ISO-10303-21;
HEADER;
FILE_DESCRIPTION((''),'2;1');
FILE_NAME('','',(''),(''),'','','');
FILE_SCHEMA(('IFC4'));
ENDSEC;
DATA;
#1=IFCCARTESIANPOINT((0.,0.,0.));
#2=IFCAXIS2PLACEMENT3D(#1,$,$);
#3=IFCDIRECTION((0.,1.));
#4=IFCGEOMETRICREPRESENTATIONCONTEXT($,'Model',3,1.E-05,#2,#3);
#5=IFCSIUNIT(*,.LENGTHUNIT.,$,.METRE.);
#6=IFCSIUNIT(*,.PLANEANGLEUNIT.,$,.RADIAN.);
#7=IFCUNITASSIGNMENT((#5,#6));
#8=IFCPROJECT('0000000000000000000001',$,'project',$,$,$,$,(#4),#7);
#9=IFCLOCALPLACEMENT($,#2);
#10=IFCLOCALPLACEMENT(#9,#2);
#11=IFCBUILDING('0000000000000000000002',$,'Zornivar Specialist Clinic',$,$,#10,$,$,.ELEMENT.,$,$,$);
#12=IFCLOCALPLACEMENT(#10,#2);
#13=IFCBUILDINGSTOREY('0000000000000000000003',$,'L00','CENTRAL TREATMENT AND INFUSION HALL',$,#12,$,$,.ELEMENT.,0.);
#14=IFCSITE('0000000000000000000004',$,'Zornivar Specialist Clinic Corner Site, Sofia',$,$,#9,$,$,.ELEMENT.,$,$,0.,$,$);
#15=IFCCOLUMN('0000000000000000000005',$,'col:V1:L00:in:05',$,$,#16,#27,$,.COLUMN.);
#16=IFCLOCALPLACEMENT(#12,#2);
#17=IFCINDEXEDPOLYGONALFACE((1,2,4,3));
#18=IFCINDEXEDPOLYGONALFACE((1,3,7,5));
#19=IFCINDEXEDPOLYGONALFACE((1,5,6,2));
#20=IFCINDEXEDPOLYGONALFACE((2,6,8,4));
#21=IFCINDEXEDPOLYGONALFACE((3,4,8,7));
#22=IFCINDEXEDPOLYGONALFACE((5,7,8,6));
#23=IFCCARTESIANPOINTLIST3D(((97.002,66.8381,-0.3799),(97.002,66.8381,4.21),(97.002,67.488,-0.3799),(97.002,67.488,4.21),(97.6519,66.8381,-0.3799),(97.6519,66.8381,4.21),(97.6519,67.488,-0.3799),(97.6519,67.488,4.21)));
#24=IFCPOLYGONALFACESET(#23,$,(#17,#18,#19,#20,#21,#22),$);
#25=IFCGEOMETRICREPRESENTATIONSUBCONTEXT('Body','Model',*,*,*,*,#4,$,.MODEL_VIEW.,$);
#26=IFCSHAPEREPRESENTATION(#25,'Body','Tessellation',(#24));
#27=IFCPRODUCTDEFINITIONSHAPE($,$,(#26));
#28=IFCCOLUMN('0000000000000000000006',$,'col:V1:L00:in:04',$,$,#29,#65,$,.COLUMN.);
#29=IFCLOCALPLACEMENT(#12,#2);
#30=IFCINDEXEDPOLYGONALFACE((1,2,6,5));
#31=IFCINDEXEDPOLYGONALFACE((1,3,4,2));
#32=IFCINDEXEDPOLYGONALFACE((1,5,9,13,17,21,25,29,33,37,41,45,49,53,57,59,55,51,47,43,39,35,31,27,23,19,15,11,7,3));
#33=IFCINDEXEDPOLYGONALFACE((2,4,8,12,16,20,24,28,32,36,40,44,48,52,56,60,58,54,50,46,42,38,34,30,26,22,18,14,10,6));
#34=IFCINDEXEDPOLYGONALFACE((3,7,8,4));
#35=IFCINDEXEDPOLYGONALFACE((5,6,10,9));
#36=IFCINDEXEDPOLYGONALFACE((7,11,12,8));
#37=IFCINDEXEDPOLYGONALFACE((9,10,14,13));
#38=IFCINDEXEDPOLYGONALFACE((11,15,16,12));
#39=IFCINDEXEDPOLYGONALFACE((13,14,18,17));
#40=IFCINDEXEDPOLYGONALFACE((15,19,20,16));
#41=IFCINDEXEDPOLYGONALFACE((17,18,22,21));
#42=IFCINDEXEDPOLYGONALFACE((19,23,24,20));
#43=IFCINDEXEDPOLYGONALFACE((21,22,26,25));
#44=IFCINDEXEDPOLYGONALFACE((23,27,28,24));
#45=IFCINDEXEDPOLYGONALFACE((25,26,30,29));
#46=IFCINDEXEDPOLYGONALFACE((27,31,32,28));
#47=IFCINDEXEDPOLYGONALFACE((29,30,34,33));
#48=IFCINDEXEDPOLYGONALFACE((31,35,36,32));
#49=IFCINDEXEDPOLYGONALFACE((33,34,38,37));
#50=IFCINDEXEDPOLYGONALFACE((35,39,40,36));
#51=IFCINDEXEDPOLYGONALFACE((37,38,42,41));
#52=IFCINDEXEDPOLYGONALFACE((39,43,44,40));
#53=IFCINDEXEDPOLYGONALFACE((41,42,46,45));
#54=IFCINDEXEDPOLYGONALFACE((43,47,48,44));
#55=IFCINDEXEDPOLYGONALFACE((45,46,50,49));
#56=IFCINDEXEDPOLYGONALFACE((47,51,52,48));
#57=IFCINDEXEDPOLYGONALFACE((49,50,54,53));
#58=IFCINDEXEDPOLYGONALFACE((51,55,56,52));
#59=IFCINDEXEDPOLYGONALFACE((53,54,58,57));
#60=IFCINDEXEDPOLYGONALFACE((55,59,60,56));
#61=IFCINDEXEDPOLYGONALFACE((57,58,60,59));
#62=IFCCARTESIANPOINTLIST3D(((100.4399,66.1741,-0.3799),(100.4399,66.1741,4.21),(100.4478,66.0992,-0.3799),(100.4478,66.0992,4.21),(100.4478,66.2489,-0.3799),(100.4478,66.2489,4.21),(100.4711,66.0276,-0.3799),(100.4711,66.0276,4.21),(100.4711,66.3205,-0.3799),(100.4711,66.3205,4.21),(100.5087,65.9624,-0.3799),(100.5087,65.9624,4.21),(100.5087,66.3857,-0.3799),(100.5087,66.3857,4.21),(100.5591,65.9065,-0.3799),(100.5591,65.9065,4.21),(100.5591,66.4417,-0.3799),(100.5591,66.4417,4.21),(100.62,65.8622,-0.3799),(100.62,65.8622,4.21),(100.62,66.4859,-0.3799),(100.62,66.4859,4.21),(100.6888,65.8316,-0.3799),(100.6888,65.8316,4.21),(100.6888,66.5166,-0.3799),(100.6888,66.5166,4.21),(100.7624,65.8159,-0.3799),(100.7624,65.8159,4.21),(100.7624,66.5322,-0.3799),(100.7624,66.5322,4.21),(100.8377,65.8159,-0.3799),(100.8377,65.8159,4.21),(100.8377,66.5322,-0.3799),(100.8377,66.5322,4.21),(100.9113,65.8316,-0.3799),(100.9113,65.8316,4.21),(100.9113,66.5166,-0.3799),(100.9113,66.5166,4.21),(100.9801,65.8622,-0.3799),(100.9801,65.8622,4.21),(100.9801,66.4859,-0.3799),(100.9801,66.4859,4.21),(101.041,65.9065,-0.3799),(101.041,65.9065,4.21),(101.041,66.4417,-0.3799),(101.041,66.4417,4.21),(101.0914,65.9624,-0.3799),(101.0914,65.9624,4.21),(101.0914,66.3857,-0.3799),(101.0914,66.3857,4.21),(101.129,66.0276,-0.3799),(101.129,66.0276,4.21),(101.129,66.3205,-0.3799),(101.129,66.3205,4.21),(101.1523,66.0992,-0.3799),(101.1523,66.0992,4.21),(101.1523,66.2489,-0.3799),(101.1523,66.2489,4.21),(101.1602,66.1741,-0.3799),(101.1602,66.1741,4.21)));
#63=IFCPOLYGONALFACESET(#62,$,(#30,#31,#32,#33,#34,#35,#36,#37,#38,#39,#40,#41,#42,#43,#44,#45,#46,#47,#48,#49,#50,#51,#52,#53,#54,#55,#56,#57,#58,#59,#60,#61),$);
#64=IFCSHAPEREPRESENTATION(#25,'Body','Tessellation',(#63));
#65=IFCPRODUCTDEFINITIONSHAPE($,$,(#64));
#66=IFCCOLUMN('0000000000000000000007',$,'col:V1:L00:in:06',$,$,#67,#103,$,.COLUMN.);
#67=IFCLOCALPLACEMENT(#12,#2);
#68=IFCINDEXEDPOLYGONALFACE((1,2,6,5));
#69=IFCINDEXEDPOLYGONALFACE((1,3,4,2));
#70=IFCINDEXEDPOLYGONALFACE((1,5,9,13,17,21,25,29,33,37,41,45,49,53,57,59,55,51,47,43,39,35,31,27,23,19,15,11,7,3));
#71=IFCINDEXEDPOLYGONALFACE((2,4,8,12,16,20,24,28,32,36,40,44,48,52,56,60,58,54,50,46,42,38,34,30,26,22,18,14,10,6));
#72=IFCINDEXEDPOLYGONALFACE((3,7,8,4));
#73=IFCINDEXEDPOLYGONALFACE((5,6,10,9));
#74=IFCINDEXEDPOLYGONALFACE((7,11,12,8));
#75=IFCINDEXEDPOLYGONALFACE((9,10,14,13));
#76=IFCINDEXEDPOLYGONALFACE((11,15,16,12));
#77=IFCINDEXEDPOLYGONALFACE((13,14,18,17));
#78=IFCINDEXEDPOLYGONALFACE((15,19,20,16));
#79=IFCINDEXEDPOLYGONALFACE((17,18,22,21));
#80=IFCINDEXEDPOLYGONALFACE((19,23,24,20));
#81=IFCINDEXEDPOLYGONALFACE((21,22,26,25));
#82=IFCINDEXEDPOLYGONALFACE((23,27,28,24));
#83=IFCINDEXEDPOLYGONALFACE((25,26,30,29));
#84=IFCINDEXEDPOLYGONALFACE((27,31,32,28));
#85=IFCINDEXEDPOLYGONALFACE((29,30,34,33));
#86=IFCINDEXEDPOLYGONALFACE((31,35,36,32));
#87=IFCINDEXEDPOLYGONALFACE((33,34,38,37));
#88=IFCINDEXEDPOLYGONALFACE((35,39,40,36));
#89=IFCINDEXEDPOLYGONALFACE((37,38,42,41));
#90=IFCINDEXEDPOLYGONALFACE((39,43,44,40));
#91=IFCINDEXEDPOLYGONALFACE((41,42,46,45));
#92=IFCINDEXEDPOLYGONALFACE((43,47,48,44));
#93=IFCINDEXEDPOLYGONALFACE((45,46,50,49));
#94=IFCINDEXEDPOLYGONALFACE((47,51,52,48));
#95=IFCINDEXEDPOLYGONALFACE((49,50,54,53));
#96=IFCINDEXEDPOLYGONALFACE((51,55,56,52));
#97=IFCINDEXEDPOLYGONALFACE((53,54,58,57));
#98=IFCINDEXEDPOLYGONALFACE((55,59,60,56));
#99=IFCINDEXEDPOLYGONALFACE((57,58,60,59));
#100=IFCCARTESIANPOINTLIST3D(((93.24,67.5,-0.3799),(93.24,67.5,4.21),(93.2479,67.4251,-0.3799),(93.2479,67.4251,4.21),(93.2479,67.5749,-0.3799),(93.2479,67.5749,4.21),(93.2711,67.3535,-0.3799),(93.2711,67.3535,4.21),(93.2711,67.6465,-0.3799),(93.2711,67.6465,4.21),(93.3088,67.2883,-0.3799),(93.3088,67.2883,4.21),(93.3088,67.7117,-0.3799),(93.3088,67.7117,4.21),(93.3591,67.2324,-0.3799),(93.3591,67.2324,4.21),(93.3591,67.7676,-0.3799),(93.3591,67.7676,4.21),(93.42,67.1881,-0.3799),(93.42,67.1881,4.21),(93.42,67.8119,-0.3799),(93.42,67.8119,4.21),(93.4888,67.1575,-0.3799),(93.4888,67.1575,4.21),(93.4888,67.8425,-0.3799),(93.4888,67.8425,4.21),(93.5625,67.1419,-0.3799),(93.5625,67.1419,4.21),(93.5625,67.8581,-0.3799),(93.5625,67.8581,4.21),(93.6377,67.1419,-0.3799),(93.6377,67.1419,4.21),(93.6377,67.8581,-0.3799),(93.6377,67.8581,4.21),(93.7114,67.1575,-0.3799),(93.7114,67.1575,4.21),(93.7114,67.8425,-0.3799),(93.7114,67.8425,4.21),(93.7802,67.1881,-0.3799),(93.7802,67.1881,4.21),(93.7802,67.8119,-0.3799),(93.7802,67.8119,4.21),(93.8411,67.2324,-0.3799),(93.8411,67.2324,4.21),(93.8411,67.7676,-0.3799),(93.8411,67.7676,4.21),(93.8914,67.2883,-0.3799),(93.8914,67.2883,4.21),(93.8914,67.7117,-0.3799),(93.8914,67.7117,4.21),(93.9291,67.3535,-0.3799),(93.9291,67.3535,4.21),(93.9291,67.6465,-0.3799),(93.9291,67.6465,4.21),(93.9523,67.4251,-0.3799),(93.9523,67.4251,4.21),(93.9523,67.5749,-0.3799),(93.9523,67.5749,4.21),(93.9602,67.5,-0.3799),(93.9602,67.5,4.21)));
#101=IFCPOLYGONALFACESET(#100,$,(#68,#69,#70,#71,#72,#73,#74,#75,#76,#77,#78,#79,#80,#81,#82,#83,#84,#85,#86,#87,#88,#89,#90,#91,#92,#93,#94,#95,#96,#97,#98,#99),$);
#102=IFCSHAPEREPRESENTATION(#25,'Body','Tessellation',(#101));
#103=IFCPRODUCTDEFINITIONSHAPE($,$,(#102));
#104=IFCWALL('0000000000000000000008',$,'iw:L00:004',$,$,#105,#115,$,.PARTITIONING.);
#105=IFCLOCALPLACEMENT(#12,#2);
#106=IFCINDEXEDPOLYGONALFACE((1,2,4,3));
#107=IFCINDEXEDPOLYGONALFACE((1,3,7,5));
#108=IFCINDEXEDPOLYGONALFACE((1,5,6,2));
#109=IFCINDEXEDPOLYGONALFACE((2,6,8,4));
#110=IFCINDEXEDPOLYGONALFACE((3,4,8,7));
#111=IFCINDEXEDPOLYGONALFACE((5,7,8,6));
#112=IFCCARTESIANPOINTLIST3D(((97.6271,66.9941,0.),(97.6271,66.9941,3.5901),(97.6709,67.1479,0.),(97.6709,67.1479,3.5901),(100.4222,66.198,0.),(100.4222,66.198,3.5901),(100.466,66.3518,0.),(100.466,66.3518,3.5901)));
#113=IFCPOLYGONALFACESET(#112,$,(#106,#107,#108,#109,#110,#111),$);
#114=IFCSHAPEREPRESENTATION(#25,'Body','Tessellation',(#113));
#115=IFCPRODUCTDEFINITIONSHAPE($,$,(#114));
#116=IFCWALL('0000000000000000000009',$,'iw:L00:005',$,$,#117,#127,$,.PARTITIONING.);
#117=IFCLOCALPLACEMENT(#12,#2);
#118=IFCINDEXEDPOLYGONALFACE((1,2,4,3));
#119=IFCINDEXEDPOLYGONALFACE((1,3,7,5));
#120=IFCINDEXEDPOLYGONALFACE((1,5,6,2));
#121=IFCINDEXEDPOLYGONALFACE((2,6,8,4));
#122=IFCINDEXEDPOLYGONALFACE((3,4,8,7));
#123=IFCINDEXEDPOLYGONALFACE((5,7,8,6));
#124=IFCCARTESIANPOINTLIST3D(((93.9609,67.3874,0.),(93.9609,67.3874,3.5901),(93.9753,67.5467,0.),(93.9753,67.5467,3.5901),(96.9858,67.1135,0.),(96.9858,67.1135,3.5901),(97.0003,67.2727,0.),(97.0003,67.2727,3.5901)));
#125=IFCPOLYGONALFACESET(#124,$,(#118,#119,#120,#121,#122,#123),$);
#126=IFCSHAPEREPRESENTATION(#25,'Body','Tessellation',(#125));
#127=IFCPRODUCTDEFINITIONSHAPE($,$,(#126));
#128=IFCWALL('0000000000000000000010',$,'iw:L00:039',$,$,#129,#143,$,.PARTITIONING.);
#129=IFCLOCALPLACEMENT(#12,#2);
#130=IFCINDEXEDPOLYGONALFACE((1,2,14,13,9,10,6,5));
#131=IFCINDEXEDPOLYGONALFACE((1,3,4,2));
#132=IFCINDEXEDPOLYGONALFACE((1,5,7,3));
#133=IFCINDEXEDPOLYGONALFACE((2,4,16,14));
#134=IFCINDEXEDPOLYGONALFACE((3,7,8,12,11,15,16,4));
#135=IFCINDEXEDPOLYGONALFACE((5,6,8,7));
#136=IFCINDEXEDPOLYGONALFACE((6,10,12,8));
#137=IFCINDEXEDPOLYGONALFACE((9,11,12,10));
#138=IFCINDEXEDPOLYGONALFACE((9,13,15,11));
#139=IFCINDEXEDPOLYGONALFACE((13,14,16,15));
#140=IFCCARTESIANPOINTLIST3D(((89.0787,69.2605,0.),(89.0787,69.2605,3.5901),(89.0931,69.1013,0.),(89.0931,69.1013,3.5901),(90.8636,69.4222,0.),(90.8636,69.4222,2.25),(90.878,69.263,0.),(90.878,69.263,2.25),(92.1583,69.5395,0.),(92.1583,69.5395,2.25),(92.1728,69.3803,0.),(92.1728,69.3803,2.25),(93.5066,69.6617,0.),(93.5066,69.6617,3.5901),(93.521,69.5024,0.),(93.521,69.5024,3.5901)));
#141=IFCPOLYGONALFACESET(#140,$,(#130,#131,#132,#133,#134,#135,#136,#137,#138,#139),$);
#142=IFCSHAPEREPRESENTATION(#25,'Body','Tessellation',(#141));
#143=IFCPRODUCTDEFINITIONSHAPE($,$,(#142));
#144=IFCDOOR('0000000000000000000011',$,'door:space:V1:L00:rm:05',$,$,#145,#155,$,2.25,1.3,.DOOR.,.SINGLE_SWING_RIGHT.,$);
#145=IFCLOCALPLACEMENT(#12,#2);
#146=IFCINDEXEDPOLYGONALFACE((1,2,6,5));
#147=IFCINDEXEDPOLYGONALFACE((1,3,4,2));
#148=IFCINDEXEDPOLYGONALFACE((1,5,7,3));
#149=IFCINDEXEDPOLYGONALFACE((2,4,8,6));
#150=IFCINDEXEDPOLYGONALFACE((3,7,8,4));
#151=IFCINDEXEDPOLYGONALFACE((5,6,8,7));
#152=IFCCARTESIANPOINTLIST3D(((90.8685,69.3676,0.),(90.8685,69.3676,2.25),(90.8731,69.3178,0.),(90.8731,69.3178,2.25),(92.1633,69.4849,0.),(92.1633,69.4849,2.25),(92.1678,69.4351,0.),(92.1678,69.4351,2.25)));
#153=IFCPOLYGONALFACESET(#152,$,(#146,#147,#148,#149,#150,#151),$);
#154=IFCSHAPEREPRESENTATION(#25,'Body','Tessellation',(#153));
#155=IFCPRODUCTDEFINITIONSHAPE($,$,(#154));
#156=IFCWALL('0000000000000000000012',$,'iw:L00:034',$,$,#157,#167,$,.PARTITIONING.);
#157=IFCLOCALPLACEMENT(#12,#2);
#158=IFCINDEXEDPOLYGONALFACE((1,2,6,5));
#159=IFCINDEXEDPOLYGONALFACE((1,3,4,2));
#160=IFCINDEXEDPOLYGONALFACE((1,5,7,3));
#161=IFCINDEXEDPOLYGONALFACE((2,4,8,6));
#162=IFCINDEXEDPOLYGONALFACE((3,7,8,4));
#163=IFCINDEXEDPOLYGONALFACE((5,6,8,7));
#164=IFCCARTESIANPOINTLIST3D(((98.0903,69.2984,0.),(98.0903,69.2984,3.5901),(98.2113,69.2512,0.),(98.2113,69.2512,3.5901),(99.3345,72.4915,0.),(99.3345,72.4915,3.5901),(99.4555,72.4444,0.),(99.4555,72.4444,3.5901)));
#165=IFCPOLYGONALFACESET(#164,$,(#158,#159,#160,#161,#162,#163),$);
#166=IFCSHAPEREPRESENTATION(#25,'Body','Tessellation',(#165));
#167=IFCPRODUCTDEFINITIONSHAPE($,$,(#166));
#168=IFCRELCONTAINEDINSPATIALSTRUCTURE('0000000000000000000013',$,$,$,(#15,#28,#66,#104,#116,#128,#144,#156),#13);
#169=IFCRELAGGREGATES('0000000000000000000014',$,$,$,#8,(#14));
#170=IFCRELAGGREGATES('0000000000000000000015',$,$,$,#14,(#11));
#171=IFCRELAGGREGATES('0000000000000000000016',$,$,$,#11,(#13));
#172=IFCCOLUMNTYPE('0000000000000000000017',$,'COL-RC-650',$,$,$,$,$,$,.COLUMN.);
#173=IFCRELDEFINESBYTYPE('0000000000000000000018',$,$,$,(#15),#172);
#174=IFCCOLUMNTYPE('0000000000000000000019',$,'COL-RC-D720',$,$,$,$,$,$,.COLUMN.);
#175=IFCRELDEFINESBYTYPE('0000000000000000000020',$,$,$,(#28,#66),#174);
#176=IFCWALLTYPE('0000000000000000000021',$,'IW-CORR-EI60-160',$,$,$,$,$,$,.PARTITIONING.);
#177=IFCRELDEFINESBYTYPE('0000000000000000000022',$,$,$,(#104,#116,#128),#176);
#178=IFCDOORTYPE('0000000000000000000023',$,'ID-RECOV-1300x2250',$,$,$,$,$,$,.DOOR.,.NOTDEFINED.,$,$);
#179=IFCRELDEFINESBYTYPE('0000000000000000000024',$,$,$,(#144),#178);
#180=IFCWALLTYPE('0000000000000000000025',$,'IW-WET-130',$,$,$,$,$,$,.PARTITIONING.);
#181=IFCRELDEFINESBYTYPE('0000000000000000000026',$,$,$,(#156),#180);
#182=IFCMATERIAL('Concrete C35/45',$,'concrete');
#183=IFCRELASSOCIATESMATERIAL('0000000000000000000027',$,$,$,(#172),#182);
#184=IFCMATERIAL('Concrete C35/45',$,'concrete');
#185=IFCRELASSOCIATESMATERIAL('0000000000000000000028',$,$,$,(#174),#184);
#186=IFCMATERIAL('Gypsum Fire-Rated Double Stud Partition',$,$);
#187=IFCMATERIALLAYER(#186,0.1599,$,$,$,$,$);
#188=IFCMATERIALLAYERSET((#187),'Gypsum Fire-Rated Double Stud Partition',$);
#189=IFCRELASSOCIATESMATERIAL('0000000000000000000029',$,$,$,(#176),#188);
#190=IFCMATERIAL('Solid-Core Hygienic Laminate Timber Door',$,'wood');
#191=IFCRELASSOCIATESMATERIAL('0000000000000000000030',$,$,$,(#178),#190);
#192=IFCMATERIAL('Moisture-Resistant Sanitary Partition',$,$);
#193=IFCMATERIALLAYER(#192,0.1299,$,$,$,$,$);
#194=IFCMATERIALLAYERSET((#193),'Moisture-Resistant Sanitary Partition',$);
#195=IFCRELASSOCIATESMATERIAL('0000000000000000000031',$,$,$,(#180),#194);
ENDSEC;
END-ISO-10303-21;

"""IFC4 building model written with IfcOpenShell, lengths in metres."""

from ifc_helpers import new_model, si_unit, direction, frame, frame_2d, origin, origin_2d, place, context, subcontext, project, spatial, rectangle, circle, extrude, material, layer, layer_set, material_profile, profile_set, type_object, element, fill, save


model = new_model("IFC4")

# Units and contexts
model_context = context("Model", 3, precision=1e-05, world=origin(), true_north=direction((0.0, 1.0)))
body_context = subcontext(model_context, "Body", "Model", "MODEL_VIEW")
ifc_project = project(units=[si_unit("LENGTHUNIT", "METRE"), si_unit("PLANEANGLEUNIT", "RADIAN")], contexts=[model_context])

# Site, building, storey
site_placement = place(None, origin())
site = spatial("IfcSite", under=ifc_project, at=site_placement, Name="Zornivar Specialist Clinic Corner Site, Sofia", CompositionType="ELEMENT", RefElevation=0.0)
building_placement = place(site_placement, origin())
building = spatial("IfcBuilding", under=site, at=building_placement, Name="Zornivar Specialist Clinic", CompositionType="ELEMENT")
storey_placement = place(building_placement, origin())
storey = spatial("IfcBuildingStorey", under=building, at=storey_placement, Name="L00", Description="CENTRAL TREATMENT AND INFUSION HALL", CompositionType="ELEMENT", Elevation=0.0)

# Columns
ifc_material_1 = material(Name="Concrete C35/45", Category="concrete")
ifc_material_profile_1 = material_profile(ifc_material_1, rectangle(XDim=0.6499, YDim=0.6499, at=origin_2d()), Name="RC 650x650")
ifc_profile_set_1 = profile_set([ifc_material_profile_1], Name="Concrete C35/45")
column_type_1 = type_object("IfcColumnType", Name="COL-RC-650", PredefinedType="COLUMN", material=ifc_profile_set_1)
column_placement = place(storey_placement, frame((97.3269, 67.1631, -0.3799), z_axis=(0.0, 0.0, 1.0), x_axis=(1.0, 0.0, 0.0)))
element("IfcColumn", 1, at=column_placement, inside=storey, type_object=column_type_1, Name="col:V1:L00:in:05", PredefinedType="COLUMN", context=body_context, shape_type="SweptSolid", body=[
    extrude(rectangle(XDim=0.6499, YDim=0.6499, at=origin_2d()), origin(), (0.0, 0.0, 1.0), 4.5898),
])
ifc_material_2 = material(Name="Concrete C35/45", Category="concrete")
ifc_material_profile_2 = material_profile(ifc_material_2, circle(Radius=0.3601, at=origin_2d()), Name="RC D720")
ifc_profile_set_2 = profile_set([ifc_material_profile_2], Name="Concrete C35/45")
column_type_2 = type_object("IfcColumnType", Name="COL-RC-D720", PredefinedType="COLUMN", material=ifc_profile_set_2)
for number, where, z_axis, x_axis, name in (
    (2, (100.8, 66.1741, -0.3799), (0.0, 0.0, 1.0), (1.0, 0.0, 0.0), "col:V1:L00:in:04"),
    (3, (93.6001, 67.5, -0.3799), (0.0, 0.0, 1.0), (1.0, 0.0, 0.0), "col:V1:L00:in:06"),
):
    element("IfcColumn", number, at=place(storey_placement, frame(where, z_axis=z_axis, x_axis=x_axis)), inside=storey, type_object=column_type_2, Name=name, PredefinedType="COLUMN", context=body_context, shape_type="SweptSolid", body=[
        extrude(circle(Radius=0.3601, at=origin_2d()), origin(), (0.0, 0.0, 1.0), 4.5898),
    ])

# Walls
ifc_material_3 = material(Name="Gypsum Fire-Rated Double Stud Partition")
ifc_layer_1 = layer(ifc_material_3, 0.1599)
ifc_layer_set_1 = layer_set([ifc_layer_1], Name="Gypsum Fire-Rated Double Stud Partition")
wall_type_1 = type_object("IfcWallType", Name="IW-CORR-EI60-160", PredefinedType="PARTITIONING", material=ifc_layer_set_1)
wall_1_placement = place(storey_placement, frame((100.4441, 66.2749, 0.0), z_axis=(0.0, 0.0, 1.0), x_axis=(-0.961749, 0.273933, 0.0)))
element("IfcWall", 4, at=wall_1_placement, inside=storey, type_object=wall_type_1, Name="iw:L00:004", PredefinedType="PARTITIONING", context=body_context, shape_type="SweptSolid", body=[
    extrude(rectangle(XDim=2.9062, YDim=0.1599, at=frame_2d((1.4531, 0.0))), origin(), (0.0, 0.0, 1.0), 3.5901),
])
wall_2_placement = place(storey_placement, frame((96.9929, 67.1931, 0.0), z_axis=(0.0, 0.0, 1.0), x_axis=(-0.995925, 0.090188, 0.0)))
element("IfcWall", 5, at=wall_2_placement, inside=storey, type_object=wall_type_1, Name="iw:L00:005", PredefinedType="PARTITIONING", context=body_context, shape_type="SweptSolid", body=[
    extrude(rectangle(XDim=3.0374, YDim=0.1599, at=frame_2d((1.5186, 0.0))), origin(), (0.0, 0.0, 1.0), 3.5901),
])

# Wall, opening, door
wall_3_placement = place(storey_placement, frame((93.5139, 69.582, 0.0), z_axis=(0.0, 0.0, 1.0), x_axis=(-0.995922, -0.090219, 0.0)))
wall_3 = element("IfcWall", 6, at=wall_3_placement, inside=storey, type_object=wall_type_1, Name="iw:L00:039", PredefinedType="PARTITIONING", context=body_context, shape_type="SweptSolid", body=[
    extrude(rectangle(XDim=4.446, YDim=0.1599, at=frame_2d((2.2231, 0.0))), origin(), (0.0, 0.0, 1.0), 3.5901),
])
opening_1_placement = place(wall_3_placement, frame((1.354, 0.0, 0.0)))
opening_1 = element("IfcOpeningElement", 7, at=opening_1_placement, cuts=wall_3, PredefinedType="OPENING", context=body_context, shape_type="SweptSolid", body=[
    extrude(rectangle(XDim=1.3, YDim=2.25, at=frame_2d((0.6499, 1.125))), frame((0.0, 0.0898, 0.0), z_axis=(0.0, -1.0, 0.0), x_axis=(1.0, 0.0, 0.0)), (0.0, 0.0, 1.0), 0.1799),
])
ifc_material_4 = material(Name="Solid-Core Hygienic Laminate Timber Door", Category="wood")
door_type_1 = type_object("IfcDoorType", Name="ID-RECOV-1300x2250", OperationType="NOTDEFINED", PredefinedType="DOOR", material=ifc_material_4)
door_1_placement = place(opening_1_placement, origin())
door_1 = element("IfcDoor", 8, at=door_1_placement, inside=storey, type_object=door_type_1, Name="door:space:V1:L00:rm:05", OperationType="SINGLE_SWING_RIGHT", OverallHeight=2.25, OverallWidth=1.3, PredefinedType="DOOR", context=body_context, shape_type="SweptSolid", body=[
    extrude(rectangle(XDim=1.3, YDim=2.25, at=frame_2d((0.6499, 1.125))), frame((0.0, 0.0249, 0.0), z_axis=(0.0, -1.0, 0.0), x_axis=(1.0, 0.0, 0.0)), (0.0, 0.0, 1.0), 0.05),
])
fill(opening_1, door_1)

# Wall
ifc_material_5 = material(Name="Moisture-Resistant Sanitary Partition")
ifc_layer_2 = layer(ifc_material_5, 0.1299)
ifc_layer_set_2 = layer_set([ifc_layer_2], Name="Moisture-Resistant Sanitary Partition")
wall_type_2 = type_object("IfcWallType", Name="IW-WET-130", PredefinedType="PARTITIONING", material=ifc_layer_set_2)
wall_4_placement = place(storey_placement, frame((98.1509, 69.2749, 0.0), z_axis=(0.0, 0.0, 1.0), x_axis=(0.363048, 0.931771, 0.0)))
element("IfcWall", 9, at=wall_4_placement, inside=storey, type_object=wall_type_2, Name="iw:L00:034", PredefinedType="PARTITIONING", context=body_context, shape_type="SweptSolid", body=[
    extrude(rectangle(XDim=3.427, YDim=0.1299, at=frame_2d((1.7134, 0.0))), origin(), (0.0, 0.0, 1.0), 3.5901),
])

save(model, "model.ifc")
